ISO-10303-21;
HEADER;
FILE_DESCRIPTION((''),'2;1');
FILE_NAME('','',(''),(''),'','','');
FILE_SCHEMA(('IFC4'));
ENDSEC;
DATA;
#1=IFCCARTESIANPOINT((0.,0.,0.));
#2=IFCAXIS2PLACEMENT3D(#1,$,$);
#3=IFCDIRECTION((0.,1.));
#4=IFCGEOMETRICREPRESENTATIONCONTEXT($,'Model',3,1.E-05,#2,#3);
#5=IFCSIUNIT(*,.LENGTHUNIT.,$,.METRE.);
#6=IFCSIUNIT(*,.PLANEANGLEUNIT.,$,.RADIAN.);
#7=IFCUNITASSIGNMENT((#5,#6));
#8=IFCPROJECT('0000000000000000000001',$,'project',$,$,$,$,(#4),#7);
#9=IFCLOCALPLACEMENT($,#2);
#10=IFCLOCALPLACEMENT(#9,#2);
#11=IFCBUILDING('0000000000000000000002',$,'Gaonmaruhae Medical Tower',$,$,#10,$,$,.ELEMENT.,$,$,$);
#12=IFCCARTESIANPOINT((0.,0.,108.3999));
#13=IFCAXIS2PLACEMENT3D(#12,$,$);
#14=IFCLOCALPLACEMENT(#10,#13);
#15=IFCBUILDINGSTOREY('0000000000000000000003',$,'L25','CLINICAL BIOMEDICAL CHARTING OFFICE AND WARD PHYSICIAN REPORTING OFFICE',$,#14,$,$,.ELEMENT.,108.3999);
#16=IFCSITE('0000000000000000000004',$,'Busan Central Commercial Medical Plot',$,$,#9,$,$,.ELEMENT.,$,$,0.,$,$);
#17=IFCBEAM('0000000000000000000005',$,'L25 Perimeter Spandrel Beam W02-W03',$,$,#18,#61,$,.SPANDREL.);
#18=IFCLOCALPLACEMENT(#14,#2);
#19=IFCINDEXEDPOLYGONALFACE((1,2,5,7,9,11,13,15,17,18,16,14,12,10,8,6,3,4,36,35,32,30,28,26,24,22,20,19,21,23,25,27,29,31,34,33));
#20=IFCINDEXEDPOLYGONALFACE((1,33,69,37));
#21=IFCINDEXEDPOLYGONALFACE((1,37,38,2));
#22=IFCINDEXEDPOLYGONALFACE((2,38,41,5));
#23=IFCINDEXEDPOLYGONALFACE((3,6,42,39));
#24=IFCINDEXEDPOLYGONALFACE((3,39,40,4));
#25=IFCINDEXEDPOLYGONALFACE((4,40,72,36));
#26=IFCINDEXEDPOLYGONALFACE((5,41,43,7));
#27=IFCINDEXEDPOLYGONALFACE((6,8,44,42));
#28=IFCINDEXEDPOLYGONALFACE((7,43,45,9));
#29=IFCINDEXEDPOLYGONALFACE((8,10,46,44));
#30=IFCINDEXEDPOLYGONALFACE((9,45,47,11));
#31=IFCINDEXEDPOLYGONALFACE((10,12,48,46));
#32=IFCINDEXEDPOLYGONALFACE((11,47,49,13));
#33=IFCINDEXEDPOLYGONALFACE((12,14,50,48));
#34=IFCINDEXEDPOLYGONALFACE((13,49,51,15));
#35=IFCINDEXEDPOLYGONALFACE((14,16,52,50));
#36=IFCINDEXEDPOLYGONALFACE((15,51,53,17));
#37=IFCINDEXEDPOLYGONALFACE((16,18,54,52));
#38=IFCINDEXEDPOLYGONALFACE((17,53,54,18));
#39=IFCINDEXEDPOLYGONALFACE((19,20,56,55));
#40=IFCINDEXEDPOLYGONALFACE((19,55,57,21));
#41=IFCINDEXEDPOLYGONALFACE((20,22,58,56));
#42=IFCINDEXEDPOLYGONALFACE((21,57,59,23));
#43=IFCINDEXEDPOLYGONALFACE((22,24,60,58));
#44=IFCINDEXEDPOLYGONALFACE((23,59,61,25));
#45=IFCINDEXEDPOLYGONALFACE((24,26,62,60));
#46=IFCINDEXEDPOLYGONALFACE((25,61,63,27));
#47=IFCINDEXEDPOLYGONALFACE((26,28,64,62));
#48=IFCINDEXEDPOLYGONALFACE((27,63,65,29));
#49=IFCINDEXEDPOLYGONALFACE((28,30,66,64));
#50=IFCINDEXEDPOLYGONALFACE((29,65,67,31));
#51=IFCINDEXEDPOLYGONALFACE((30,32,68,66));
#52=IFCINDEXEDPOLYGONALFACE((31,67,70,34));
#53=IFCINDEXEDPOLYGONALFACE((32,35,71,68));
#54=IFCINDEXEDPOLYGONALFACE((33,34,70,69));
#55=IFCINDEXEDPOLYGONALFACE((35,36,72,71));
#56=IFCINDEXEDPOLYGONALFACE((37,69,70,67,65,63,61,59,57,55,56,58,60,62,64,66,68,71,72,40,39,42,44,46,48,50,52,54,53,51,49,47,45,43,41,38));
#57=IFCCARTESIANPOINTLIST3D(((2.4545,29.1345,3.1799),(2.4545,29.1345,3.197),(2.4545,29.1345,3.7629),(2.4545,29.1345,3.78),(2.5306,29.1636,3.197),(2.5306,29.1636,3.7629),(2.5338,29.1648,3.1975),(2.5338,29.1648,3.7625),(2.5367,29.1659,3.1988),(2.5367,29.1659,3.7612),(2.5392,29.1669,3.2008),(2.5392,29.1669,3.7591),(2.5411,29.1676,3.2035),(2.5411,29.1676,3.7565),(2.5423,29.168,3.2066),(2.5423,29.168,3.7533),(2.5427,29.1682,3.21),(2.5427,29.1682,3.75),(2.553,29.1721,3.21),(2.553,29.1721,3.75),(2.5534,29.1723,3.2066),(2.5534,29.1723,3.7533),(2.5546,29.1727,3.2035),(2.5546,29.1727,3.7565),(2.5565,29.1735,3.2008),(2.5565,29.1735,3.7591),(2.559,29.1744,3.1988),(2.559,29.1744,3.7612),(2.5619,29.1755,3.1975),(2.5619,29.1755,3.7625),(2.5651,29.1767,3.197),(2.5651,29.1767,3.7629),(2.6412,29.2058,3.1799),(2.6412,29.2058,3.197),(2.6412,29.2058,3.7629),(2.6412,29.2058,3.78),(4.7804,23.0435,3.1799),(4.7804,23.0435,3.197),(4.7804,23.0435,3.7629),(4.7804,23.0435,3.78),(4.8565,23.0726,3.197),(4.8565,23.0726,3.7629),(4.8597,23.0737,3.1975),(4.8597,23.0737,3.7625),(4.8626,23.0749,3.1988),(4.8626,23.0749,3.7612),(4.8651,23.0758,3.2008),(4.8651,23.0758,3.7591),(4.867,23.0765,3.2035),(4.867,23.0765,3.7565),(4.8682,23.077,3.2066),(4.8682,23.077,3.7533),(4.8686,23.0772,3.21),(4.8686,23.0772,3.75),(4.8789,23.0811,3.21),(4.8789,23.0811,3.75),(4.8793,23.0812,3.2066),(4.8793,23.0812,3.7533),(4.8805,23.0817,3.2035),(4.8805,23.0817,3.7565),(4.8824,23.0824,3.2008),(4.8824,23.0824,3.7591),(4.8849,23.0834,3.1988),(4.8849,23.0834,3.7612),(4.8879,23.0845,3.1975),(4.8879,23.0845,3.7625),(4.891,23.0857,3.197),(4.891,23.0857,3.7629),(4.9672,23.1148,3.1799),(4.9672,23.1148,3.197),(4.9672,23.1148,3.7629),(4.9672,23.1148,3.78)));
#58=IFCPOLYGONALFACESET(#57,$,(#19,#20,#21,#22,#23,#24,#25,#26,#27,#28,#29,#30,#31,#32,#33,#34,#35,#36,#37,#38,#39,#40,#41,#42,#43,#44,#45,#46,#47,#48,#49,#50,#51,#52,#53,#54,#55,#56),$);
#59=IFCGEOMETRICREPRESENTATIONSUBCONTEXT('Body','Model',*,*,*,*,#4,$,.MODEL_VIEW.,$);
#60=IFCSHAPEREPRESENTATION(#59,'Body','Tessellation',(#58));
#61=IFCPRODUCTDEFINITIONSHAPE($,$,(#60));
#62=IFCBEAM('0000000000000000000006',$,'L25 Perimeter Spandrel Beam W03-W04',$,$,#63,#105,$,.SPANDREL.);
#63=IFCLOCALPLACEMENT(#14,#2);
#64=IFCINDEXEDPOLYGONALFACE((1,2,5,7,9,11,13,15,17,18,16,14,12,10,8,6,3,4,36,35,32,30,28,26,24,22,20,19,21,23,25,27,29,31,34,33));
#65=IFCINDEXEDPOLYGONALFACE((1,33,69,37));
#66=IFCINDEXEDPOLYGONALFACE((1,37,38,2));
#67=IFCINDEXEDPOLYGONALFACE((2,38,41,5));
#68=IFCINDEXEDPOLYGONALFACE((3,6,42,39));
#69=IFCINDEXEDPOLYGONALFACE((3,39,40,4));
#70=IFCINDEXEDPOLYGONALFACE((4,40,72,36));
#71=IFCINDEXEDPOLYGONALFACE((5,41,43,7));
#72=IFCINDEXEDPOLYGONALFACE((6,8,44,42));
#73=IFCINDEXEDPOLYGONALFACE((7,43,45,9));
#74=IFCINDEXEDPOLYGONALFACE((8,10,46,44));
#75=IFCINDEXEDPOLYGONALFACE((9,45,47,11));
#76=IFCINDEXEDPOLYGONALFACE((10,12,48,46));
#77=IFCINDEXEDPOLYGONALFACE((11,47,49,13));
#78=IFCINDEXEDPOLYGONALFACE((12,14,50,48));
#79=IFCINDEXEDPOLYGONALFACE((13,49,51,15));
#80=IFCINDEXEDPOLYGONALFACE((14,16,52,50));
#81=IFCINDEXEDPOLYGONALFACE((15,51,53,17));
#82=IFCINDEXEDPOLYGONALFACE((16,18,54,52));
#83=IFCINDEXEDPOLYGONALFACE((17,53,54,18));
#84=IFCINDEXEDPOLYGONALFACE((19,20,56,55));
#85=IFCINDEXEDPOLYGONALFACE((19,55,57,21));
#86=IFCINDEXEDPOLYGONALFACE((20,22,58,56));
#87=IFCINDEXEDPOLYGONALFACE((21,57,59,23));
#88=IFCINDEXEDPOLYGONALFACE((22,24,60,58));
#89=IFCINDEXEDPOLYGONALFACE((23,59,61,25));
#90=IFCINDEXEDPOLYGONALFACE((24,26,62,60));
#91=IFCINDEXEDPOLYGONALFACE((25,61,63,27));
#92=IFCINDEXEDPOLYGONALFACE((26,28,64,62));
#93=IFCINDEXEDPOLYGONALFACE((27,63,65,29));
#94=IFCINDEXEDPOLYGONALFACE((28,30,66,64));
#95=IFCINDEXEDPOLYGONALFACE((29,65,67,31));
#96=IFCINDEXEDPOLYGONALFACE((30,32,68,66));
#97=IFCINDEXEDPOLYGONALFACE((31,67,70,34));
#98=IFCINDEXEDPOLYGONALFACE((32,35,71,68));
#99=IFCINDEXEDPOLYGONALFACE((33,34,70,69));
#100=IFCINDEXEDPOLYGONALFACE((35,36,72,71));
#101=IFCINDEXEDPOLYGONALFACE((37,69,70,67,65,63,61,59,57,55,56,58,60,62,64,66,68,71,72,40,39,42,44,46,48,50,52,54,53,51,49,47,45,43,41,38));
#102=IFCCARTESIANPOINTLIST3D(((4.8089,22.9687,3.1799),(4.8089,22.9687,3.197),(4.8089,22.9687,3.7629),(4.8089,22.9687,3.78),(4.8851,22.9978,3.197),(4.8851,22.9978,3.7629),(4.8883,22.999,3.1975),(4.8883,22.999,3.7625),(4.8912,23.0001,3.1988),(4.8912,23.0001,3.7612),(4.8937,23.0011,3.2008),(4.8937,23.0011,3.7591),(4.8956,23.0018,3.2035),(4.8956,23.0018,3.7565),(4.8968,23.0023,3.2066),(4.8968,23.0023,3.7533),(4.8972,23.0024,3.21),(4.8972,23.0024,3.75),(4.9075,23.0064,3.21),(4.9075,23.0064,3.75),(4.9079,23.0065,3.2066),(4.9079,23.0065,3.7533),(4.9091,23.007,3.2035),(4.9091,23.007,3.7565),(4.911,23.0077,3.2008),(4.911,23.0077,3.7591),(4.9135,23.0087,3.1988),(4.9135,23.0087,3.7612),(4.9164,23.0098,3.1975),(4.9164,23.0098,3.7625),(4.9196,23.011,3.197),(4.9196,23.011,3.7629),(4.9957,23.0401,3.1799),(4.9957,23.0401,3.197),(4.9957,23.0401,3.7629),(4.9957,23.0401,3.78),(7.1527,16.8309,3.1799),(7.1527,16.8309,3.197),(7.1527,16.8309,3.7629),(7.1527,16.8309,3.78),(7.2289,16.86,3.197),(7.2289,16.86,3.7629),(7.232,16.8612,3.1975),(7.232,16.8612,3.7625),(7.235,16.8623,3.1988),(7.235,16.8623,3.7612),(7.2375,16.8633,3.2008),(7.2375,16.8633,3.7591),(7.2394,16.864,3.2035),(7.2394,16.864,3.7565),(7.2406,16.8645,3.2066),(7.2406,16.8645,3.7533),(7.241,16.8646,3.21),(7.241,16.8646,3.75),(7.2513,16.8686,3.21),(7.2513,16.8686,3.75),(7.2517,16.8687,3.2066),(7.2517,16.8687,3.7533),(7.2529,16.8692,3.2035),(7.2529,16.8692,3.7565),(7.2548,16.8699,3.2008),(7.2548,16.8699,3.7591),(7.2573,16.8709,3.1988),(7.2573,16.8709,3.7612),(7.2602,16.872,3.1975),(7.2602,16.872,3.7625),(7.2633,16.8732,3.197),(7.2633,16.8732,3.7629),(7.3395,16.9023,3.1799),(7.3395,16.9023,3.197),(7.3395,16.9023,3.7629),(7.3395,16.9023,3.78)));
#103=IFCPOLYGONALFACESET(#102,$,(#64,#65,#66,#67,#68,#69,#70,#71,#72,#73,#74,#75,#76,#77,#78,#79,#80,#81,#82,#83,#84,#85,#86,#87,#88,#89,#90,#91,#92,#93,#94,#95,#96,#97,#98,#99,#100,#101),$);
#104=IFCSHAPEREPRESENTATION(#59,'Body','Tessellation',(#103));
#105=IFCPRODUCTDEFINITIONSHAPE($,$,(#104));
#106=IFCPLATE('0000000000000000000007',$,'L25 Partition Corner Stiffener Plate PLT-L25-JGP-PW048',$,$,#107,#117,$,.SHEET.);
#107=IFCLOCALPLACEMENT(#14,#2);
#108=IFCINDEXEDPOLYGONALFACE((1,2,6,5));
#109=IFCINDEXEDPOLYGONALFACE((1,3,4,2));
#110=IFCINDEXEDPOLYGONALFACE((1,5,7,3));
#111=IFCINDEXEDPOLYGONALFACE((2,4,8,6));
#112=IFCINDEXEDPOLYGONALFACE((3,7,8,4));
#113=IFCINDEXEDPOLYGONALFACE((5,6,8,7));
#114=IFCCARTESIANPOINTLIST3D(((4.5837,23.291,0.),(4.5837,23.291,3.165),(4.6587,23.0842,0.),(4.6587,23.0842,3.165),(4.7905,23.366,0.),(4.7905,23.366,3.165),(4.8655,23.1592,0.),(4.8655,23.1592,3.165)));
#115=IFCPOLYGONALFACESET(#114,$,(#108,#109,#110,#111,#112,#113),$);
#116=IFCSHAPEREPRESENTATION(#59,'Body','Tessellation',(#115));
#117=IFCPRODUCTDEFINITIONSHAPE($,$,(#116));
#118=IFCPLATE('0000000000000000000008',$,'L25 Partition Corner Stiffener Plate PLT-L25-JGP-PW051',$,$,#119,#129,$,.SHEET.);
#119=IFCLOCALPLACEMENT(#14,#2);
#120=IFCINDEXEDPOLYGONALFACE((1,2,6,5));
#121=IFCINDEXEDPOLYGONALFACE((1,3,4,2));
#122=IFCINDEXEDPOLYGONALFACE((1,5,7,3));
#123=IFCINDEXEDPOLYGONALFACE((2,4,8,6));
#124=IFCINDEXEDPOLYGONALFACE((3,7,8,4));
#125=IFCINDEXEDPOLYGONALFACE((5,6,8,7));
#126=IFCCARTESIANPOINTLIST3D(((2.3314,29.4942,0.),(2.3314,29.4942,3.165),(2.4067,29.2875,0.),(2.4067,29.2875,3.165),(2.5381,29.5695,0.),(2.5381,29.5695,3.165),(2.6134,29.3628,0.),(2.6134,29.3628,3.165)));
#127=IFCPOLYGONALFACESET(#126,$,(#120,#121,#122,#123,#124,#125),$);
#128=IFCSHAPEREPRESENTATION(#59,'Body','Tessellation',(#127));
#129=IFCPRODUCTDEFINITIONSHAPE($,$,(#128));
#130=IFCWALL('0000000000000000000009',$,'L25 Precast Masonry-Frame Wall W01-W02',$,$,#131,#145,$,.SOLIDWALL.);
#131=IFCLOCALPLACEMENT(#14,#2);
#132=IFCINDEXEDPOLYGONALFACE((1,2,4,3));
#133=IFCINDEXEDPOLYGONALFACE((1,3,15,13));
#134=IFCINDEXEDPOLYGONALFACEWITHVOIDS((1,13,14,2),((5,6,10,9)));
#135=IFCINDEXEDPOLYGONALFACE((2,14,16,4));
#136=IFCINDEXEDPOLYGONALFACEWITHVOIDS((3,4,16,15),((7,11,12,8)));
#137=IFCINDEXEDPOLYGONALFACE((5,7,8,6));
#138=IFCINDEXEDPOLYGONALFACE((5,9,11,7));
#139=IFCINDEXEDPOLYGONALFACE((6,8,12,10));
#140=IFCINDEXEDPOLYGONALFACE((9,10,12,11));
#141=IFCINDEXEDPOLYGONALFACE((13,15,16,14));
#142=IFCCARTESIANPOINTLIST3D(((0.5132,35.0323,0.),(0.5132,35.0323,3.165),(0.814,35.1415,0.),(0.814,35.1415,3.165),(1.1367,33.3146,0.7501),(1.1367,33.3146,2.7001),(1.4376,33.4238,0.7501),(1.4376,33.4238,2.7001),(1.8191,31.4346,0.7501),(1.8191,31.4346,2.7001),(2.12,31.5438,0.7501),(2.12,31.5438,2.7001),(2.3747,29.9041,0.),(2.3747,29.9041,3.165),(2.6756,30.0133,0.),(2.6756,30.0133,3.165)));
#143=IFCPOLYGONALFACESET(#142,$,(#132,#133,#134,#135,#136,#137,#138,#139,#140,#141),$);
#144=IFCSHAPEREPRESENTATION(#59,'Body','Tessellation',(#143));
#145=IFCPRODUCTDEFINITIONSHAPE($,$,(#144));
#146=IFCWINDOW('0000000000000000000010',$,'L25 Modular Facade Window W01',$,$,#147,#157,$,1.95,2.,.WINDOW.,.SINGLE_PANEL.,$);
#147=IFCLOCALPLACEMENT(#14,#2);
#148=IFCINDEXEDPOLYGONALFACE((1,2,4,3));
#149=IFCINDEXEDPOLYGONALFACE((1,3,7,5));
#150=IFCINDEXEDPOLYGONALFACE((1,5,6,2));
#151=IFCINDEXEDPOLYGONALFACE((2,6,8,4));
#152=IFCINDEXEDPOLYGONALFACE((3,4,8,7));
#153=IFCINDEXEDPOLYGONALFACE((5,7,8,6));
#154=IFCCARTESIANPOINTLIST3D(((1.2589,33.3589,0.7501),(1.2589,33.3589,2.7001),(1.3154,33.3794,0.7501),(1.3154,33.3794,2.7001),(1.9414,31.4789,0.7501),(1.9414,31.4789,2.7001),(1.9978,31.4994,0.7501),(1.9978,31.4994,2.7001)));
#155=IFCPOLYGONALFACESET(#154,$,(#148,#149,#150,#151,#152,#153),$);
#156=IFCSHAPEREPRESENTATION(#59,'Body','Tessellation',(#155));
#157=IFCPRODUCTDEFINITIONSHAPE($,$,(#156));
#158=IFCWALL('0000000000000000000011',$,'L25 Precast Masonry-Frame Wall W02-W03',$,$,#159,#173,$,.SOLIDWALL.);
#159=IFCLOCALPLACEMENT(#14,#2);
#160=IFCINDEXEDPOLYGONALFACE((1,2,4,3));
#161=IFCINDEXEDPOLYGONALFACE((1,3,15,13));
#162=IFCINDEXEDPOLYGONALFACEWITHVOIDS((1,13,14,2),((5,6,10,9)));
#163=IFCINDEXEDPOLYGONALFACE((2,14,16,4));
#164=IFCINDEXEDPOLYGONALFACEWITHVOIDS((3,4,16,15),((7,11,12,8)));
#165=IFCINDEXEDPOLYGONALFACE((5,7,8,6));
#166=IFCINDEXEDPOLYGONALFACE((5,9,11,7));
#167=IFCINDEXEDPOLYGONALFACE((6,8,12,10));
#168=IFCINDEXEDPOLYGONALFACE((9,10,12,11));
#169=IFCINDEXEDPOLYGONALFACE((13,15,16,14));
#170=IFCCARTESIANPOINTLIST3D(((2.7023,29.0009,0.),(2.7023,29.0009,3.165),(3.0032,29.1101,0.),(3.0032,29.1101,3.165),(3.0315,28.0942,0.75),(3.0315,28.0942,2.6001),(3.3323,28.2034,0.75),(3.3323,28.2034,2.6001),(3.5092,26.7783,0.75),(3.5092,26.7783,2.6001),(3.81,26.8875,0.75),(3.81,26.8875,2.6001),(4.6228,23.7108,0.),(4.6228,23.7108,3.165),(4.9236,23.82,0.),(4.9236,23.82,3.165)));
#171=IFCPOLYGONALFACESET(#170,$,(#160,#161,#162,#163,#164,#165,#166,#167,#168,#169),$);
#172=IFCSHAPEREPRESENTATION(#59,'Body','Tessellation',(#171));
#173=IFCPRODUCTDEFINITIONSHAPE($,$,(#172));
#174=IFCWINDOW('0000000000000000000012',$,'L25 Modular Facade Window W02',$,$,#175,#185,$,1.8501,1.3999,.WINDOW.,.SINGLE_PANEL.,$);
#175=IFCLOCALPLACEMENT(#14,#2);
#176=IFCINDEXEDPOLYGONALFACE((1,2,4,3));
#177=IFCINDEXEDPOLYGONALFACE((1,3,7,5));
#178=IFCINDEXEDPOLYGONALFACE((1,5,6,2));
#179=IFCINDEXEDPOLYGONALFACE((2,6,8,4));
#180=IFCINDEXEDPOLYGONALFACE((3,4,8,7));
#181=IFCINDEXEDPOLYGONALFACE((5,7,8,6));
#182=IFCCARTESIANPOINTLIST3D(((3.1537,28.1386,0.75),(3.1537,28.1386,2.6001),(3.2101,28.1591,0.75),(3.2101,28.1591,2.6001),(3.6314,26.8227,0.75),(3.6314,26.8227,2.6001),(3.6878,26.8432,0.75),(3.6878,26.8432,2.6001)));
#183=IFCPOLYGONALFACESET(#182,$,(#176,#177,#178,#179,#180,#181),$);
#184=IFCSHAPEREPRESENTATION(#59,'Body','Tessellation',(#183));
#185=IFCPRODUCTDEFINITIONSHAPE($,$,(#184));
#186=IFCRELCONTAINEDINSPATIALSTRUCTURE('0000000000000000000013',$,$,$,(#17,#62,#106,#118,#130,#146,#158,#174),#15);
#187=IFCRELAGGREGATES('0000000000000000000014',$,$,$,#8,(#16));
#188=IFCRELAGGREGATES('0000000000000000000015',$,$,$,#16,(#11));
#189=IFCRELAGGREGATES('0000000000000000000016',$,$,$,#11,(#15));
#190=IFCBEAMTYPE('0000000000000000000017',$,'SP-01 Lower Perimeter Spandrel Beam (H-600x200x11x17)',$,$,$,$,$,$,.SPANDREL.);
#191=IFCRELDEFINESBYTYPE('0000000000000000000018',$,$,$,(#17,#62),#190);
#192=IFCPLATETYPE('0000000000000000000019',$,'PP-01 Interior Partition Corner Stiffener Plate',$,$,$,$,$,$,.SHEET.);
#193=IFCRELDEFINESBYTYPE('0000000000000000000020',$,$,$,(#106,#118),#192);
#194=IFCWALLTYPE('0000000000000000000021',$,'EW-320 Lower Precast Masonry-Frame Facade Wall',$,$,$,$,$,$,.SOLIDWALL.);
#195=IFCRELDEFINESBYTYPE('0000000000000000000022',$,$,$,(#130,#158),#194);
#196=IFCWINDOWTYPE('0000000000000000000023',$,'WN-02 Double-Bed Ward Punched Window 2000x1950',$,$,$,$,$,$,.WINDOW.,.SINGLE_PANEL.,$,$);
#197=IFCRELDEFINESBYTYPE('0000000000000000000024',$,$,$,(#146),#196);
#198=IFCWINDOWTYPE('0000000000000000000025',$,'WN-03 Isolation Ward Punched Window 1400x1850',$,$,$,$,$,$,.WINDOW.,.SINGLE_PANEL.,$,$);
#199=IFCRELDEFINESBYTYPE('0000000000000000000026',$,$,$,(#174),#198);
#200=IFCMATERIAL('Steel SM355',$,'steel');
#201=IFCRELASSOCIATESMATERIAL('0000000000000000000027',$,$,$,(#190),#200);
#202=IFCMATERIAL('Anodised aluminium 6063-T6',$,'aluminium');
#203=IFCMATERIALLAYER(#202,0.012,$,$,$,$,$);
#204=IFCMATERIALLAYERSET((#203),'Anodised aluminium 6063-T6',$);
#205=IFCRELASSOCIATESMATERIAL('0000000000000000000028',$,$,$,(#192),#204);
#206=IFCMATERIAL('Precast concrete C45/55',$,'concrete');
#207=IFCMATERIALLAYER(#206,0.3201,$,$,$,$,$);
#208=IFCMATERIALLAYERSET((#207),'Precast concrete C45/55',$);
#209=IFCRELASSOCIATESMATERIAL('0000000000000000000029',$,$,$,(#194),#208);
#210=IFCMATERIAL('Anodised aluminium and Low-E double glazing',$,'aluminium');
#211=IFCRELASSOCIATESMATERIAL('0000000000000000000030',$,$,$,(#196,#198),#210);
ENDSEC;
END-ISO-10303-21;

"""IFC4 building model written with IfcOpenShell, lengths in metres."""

from ifc_helpers import new_model, si_unit, direction, frame, frame_2d, origin, origin_2d, place, context, subcontext, project, spatial, rectangle, i_section, extrude, material, layer, layer_set, material_profile, profile_set, type_object, element, fill, save


model = new_model("IFC4")

# Units and contexts
model_context = context("Model", 3, precision=1e-05, world=origin(), true_north=direction((0.0, 1.0)))
body_context = subcontext(model_context, "Body", "Model", "MODEL_VIEW")
ifc_project = project(units=[si_unit("LENGTHUNIT", "METRE"), si_unit("PLANEANGLEUNIT", "RADIAN")], contexts=[model_context])

# Site, building, storey
site_placement = place(None, origin())
site = spatial("IfcSite", under=ifc_project, at=site_placement, Name="Busan Central Commercial Medical Plot", CompositionType="ELEMENT", RefElevation=0.0)
building_placement = place(site_placement, origin())
building = spatial("IfcBuilding", under=site, at=building_placement, Name="Gaonmaruhae Medical Tower", CompositionType="ELEMENT")
storey_placement = place(building_placement, frame((0.0, 0.0, 108.3999)))
storey = spatial("IfcBuildingStorey", under=building, at=storey_placement, Name="L25", Description="CLINICAL BIOMEDICAL CHARTING OFFICE AND WARD PHYSICIAN REPORTING OFFICE", CompositionType="ELEMENT", Elevation=108.3999)

# Beams
ifc_material_1 = material(Name="Steel SM355", Category="steel")
ifc_material_profile_1 = material_profile(ifc_material_1, i_section(OverallWidth=0.2, OverallDepth=0.6001, WebThickness=0.011, FlangeThickness=0.0171, FilletRadius=0.0129, at=origin_2d()), Name="H-600x200x11x17")
ifc_profile_set_1 = profile_set([ifc_material_profile_1], Name="Steel SM355")
beam_type_1 = type_object("IfcBeamType", Name="SP-01 Lower Perimeter Spandrel Beam (H-600x200x11x17)", PredefinedType="SPANDREL", material=ifc_profile_set_1)
beam_1_placement = place(storey_placement, frame((2.5479, 29.1702, 3.48), z_axis=(0.356735, -0.934206, 0.0), x_axis=(0.934206, 0.356735, 0.0)))
element("IfcBeam", 1, at=beam_1_placement, inside=storey, type_object=beam_type_1, Name="L25 Perimeter Spandrel Beam W02-W03", PredefinedType="SPANDREL", context=body_context, shape_type="SweptSolid", body=[
    extrude(i_section(OverallWidth=0.2, OverallDepth=0.6001, WebThickness=0.011, FlangeThickness=0.0171, FilletRadius=0.0129, at=origin_2d()), origin(), (0.0, 0.0, 1.0), 6.52),
])
beam_2_placement = place(storey_placement, frame((4.9023, 23.0044, 3.48), z_axis=(0.356737, -0.934205, 0.0), x_axis=(0.934205, 0.356737, 0.0)))
element("IfcBeam", 2, at=beam_2_placement, inside=storey, type_object=beam_type_1, Name="L25 Perimeter Spandrel Beam W03-W04", PredefinedType="SPANDREL", context=body_context, shape_type="SweptSolid", body=[
    extrude(i_section(OverallWidth=0.2, OverallDepth=0.6001, WebThickness=0.011, FlangeThickness=0.0171, FilletRadius=0.0129, at=origin_2d()), origin(), (0.0, 0.0, 1.0), 6.5701),
])

# Plates
ifc_material_2 = material(Name="Anodised aluminium 6063-T6", Category="aluminium")
ifc_layer_1 = layer(ifc_material_2, 0.012)
ifc_layer_set_1 = layer_set([ifc_layer_1], Name="Anodised aluminium 6063-T6")
plate_type = type_object("IfcPlateType", Name="PP-01 Interior Partition Corner Stiffener Plate", PredefinedType="SHEET", material=ifc_layer_set_1)
for number, where, z_axis, x_axis, name in (
    (3, (4.7246, 23.2251, 0.0), (0.0, 0.0, 1.0), (-0.340839, 0.940122, 0.0), "L25 Partition Corner Stiffener Plate PLT-L25-JGP-PW048"),
    (4, (2.4724, 29.4285, 0.0), (0.0, 0.0, 1.0), (-0.342332, 0.939579, 0.0), "L25 Partition Corner Stiffener Plate PLT-L25-JGP-PW051"),
):
    element("IfcPlate", number, at=place(storey_placement, frame(where, z_axis=z_axis, x_axis=x_axis)), inside=storey, type_object=plate_type, Name=name, PredefinedType="SHEET", context=body_context, shape_type="SweptSolid", body=[
        extrude(rectangle(XDim=0.22, YDim=0.22, at=origin_2d()), origin(), (0.0, 0.0, 1.0), 3.165),
    ])

# Walls, openings, windows
ifc_material_3 = material(Name="Precast concrete C45/55", Category="concrete")
ifc_layer_2 = layer(ifc_material_3, 0.3201)
ifc_layer_set_2 = layer_set([ifc_layer_2], Name="Precast concrete C45/55")
wall_type_1 = type_object("IfcWallType", Name="EW-320 Lower Precast Masonry-Frame Facade Wall", PredefinedType="SOLIDWALL", material=ifc_layer_set_2)
wall_1_placement = place(storey_placement, frame((2.5251, 29.9587, 0.0), z_axis=(0.0, 0.0, 1.0), x_axis=(-0.341222, 0.939983, 0.0)))
wall_1 = element("IfcWall", 5, at=wall_1_placement, inside=storey, type_object=wall_type_1, Name="L25 Precast Masonry-Frame Wall W01-W02", PredefinedType="SOLIDWALL", context=body_context, shape_type="SweptSolid", body=[
    extrude(rectangle(XDim=5.4556, YDim=0.3201, at=frame_2d((2.7278, 0.0))), origin(), (0.0, 0.0, 1.0), 3.165),
])
opening_1_placement = place(wall_1_placement, frame((1.6282, 0.0, 0.75)))
opening_1 = element("IfcOpeningElement", 6, at=opening_1_placement, cuts=wall_1, PredefinedType="OPENING", context=body_context, shape_type="SweptSolid", body=[
    extrude(rectangle(XDim=2.0, YDim=1.95, at=frame_2d((1.0, 0.9751))), frame((0.0, 0.1699, 0.0), z_axis=(0.0, -1.0, 0.0), x_axis=(1.0, 0.0, 0.0)), (0.0, 0.0, 1.0), 0.3401),
])
ifc_material_4 = material(Name="Anodised aluminium and Low-E double glazing", Category="aluminium")
window_type_1 = type_object("IfcWindowType", Name="WN-02 Double-Bed Ward Punched Window 2000x1950", PartitioningType="SINGLE_PANEL", PredefinedType="WINDOW", material=ifc_material_4)
window_1_placement = place(opening_1_placement, origin())
window_1 = element("IfcWindow", 7, at=window_1_placement, inside=storey, type_object=window_type_1, Name="L25 Modular Facade Window W01", OverallHeight=1.95, OverallWidth=2.0, PartitioningType="SINGLE_PANEL", PredefinedType="WINDOW", context=body_context, shape_type="SweptSolid", body=[
    extrude(rectangle(XDim=2.0, YDim=1.95, at=frame_2d((1.0, 0.9751))), frame((0.0, 0.03, 0.0), z_axis=(0.0, -1.0, 0.0), x_axis=(1.0, 0.0, 0.0)), (0.0, 0.0, 1.0), 0.0601),
])
fill(opening_1, window_1)
wall_2_placement = place(storey_placement, frame((4.7732, 23.7654, 0.0), z_axis=(0.0, 0.0, 1.0), x_axis=(-0.341234, 0.939978, 0.0)))
wall_2 = element("IfcWall", 8, at=wall_2_placement, inside=storey, type_object=wall_type_1, Name="L25 Precast Masonry-Frame Wall W02-W03", PredefinedType="SOLIDWALL", context=body_context, shape_type="SweptSolid", body=[
    extrude(rectangle(XDim=5.6279, YDim=0.3201, at=frame_2d((2.814, 0.0))), origin(), (0.0, 0.0, 1.0), 3.165),
])
opening_2_placement = place(wall_2_placement, frame((3.2634, 0.0, 0.75)))
opening_2 = element("IfcOpeningElement", 9, at=opening_2_placement, cuts=wall_2, PredefinedType="OPENING", context=body_context, shape_type="SweptSolid", body=[
    extrude(rectangle(XDim=1.3999, YDim=1.8501, at=frame_2d((0.7, 0.925))), frame((0.0, 0.1699, 0.0), z_axis=(0.0, -1.0, 0.0), x_axis=(1.0, 0.0, 0.0)), (0.0, 0.0, 1.0), 0.3401),
])
window_type_2 = type_object("IfcWindowType", Name="WN-03 Isolation Ward Punched Window 1400x1850", PartitioningType="SINGLE_PANEL", PredefinedType="WINDOW", material=ifc_material_4)
window_2_placement = place(opening_2_placement, origin())
window_2 = element("IfcWindow", 10, at=window_2_placement, inside=storey, type_object=window_type_2, Name="L25 Modular Facade Window W02", OverallHeight=1.8501, OverallWidth=1.3999, PartitioningType="SINGLE_PANEL", PredefinedType="WINDOW", context=body_context, shape_type="SweptSolid", body=[
    extrude(rectangle(XDim=1.3999, YDim=1.8501, at=frame_2d((0.7, 0.925))), frame((0.0, 0.03, 0.0), z_axis=(0.0, -1.0, 0.0), x_axis=(1.0, 0.0, 0.0)), (0.0, 0.0, 1.0), 0.0601),
])
fill(opening_2, window_2)

save(model, "model.ifc")
